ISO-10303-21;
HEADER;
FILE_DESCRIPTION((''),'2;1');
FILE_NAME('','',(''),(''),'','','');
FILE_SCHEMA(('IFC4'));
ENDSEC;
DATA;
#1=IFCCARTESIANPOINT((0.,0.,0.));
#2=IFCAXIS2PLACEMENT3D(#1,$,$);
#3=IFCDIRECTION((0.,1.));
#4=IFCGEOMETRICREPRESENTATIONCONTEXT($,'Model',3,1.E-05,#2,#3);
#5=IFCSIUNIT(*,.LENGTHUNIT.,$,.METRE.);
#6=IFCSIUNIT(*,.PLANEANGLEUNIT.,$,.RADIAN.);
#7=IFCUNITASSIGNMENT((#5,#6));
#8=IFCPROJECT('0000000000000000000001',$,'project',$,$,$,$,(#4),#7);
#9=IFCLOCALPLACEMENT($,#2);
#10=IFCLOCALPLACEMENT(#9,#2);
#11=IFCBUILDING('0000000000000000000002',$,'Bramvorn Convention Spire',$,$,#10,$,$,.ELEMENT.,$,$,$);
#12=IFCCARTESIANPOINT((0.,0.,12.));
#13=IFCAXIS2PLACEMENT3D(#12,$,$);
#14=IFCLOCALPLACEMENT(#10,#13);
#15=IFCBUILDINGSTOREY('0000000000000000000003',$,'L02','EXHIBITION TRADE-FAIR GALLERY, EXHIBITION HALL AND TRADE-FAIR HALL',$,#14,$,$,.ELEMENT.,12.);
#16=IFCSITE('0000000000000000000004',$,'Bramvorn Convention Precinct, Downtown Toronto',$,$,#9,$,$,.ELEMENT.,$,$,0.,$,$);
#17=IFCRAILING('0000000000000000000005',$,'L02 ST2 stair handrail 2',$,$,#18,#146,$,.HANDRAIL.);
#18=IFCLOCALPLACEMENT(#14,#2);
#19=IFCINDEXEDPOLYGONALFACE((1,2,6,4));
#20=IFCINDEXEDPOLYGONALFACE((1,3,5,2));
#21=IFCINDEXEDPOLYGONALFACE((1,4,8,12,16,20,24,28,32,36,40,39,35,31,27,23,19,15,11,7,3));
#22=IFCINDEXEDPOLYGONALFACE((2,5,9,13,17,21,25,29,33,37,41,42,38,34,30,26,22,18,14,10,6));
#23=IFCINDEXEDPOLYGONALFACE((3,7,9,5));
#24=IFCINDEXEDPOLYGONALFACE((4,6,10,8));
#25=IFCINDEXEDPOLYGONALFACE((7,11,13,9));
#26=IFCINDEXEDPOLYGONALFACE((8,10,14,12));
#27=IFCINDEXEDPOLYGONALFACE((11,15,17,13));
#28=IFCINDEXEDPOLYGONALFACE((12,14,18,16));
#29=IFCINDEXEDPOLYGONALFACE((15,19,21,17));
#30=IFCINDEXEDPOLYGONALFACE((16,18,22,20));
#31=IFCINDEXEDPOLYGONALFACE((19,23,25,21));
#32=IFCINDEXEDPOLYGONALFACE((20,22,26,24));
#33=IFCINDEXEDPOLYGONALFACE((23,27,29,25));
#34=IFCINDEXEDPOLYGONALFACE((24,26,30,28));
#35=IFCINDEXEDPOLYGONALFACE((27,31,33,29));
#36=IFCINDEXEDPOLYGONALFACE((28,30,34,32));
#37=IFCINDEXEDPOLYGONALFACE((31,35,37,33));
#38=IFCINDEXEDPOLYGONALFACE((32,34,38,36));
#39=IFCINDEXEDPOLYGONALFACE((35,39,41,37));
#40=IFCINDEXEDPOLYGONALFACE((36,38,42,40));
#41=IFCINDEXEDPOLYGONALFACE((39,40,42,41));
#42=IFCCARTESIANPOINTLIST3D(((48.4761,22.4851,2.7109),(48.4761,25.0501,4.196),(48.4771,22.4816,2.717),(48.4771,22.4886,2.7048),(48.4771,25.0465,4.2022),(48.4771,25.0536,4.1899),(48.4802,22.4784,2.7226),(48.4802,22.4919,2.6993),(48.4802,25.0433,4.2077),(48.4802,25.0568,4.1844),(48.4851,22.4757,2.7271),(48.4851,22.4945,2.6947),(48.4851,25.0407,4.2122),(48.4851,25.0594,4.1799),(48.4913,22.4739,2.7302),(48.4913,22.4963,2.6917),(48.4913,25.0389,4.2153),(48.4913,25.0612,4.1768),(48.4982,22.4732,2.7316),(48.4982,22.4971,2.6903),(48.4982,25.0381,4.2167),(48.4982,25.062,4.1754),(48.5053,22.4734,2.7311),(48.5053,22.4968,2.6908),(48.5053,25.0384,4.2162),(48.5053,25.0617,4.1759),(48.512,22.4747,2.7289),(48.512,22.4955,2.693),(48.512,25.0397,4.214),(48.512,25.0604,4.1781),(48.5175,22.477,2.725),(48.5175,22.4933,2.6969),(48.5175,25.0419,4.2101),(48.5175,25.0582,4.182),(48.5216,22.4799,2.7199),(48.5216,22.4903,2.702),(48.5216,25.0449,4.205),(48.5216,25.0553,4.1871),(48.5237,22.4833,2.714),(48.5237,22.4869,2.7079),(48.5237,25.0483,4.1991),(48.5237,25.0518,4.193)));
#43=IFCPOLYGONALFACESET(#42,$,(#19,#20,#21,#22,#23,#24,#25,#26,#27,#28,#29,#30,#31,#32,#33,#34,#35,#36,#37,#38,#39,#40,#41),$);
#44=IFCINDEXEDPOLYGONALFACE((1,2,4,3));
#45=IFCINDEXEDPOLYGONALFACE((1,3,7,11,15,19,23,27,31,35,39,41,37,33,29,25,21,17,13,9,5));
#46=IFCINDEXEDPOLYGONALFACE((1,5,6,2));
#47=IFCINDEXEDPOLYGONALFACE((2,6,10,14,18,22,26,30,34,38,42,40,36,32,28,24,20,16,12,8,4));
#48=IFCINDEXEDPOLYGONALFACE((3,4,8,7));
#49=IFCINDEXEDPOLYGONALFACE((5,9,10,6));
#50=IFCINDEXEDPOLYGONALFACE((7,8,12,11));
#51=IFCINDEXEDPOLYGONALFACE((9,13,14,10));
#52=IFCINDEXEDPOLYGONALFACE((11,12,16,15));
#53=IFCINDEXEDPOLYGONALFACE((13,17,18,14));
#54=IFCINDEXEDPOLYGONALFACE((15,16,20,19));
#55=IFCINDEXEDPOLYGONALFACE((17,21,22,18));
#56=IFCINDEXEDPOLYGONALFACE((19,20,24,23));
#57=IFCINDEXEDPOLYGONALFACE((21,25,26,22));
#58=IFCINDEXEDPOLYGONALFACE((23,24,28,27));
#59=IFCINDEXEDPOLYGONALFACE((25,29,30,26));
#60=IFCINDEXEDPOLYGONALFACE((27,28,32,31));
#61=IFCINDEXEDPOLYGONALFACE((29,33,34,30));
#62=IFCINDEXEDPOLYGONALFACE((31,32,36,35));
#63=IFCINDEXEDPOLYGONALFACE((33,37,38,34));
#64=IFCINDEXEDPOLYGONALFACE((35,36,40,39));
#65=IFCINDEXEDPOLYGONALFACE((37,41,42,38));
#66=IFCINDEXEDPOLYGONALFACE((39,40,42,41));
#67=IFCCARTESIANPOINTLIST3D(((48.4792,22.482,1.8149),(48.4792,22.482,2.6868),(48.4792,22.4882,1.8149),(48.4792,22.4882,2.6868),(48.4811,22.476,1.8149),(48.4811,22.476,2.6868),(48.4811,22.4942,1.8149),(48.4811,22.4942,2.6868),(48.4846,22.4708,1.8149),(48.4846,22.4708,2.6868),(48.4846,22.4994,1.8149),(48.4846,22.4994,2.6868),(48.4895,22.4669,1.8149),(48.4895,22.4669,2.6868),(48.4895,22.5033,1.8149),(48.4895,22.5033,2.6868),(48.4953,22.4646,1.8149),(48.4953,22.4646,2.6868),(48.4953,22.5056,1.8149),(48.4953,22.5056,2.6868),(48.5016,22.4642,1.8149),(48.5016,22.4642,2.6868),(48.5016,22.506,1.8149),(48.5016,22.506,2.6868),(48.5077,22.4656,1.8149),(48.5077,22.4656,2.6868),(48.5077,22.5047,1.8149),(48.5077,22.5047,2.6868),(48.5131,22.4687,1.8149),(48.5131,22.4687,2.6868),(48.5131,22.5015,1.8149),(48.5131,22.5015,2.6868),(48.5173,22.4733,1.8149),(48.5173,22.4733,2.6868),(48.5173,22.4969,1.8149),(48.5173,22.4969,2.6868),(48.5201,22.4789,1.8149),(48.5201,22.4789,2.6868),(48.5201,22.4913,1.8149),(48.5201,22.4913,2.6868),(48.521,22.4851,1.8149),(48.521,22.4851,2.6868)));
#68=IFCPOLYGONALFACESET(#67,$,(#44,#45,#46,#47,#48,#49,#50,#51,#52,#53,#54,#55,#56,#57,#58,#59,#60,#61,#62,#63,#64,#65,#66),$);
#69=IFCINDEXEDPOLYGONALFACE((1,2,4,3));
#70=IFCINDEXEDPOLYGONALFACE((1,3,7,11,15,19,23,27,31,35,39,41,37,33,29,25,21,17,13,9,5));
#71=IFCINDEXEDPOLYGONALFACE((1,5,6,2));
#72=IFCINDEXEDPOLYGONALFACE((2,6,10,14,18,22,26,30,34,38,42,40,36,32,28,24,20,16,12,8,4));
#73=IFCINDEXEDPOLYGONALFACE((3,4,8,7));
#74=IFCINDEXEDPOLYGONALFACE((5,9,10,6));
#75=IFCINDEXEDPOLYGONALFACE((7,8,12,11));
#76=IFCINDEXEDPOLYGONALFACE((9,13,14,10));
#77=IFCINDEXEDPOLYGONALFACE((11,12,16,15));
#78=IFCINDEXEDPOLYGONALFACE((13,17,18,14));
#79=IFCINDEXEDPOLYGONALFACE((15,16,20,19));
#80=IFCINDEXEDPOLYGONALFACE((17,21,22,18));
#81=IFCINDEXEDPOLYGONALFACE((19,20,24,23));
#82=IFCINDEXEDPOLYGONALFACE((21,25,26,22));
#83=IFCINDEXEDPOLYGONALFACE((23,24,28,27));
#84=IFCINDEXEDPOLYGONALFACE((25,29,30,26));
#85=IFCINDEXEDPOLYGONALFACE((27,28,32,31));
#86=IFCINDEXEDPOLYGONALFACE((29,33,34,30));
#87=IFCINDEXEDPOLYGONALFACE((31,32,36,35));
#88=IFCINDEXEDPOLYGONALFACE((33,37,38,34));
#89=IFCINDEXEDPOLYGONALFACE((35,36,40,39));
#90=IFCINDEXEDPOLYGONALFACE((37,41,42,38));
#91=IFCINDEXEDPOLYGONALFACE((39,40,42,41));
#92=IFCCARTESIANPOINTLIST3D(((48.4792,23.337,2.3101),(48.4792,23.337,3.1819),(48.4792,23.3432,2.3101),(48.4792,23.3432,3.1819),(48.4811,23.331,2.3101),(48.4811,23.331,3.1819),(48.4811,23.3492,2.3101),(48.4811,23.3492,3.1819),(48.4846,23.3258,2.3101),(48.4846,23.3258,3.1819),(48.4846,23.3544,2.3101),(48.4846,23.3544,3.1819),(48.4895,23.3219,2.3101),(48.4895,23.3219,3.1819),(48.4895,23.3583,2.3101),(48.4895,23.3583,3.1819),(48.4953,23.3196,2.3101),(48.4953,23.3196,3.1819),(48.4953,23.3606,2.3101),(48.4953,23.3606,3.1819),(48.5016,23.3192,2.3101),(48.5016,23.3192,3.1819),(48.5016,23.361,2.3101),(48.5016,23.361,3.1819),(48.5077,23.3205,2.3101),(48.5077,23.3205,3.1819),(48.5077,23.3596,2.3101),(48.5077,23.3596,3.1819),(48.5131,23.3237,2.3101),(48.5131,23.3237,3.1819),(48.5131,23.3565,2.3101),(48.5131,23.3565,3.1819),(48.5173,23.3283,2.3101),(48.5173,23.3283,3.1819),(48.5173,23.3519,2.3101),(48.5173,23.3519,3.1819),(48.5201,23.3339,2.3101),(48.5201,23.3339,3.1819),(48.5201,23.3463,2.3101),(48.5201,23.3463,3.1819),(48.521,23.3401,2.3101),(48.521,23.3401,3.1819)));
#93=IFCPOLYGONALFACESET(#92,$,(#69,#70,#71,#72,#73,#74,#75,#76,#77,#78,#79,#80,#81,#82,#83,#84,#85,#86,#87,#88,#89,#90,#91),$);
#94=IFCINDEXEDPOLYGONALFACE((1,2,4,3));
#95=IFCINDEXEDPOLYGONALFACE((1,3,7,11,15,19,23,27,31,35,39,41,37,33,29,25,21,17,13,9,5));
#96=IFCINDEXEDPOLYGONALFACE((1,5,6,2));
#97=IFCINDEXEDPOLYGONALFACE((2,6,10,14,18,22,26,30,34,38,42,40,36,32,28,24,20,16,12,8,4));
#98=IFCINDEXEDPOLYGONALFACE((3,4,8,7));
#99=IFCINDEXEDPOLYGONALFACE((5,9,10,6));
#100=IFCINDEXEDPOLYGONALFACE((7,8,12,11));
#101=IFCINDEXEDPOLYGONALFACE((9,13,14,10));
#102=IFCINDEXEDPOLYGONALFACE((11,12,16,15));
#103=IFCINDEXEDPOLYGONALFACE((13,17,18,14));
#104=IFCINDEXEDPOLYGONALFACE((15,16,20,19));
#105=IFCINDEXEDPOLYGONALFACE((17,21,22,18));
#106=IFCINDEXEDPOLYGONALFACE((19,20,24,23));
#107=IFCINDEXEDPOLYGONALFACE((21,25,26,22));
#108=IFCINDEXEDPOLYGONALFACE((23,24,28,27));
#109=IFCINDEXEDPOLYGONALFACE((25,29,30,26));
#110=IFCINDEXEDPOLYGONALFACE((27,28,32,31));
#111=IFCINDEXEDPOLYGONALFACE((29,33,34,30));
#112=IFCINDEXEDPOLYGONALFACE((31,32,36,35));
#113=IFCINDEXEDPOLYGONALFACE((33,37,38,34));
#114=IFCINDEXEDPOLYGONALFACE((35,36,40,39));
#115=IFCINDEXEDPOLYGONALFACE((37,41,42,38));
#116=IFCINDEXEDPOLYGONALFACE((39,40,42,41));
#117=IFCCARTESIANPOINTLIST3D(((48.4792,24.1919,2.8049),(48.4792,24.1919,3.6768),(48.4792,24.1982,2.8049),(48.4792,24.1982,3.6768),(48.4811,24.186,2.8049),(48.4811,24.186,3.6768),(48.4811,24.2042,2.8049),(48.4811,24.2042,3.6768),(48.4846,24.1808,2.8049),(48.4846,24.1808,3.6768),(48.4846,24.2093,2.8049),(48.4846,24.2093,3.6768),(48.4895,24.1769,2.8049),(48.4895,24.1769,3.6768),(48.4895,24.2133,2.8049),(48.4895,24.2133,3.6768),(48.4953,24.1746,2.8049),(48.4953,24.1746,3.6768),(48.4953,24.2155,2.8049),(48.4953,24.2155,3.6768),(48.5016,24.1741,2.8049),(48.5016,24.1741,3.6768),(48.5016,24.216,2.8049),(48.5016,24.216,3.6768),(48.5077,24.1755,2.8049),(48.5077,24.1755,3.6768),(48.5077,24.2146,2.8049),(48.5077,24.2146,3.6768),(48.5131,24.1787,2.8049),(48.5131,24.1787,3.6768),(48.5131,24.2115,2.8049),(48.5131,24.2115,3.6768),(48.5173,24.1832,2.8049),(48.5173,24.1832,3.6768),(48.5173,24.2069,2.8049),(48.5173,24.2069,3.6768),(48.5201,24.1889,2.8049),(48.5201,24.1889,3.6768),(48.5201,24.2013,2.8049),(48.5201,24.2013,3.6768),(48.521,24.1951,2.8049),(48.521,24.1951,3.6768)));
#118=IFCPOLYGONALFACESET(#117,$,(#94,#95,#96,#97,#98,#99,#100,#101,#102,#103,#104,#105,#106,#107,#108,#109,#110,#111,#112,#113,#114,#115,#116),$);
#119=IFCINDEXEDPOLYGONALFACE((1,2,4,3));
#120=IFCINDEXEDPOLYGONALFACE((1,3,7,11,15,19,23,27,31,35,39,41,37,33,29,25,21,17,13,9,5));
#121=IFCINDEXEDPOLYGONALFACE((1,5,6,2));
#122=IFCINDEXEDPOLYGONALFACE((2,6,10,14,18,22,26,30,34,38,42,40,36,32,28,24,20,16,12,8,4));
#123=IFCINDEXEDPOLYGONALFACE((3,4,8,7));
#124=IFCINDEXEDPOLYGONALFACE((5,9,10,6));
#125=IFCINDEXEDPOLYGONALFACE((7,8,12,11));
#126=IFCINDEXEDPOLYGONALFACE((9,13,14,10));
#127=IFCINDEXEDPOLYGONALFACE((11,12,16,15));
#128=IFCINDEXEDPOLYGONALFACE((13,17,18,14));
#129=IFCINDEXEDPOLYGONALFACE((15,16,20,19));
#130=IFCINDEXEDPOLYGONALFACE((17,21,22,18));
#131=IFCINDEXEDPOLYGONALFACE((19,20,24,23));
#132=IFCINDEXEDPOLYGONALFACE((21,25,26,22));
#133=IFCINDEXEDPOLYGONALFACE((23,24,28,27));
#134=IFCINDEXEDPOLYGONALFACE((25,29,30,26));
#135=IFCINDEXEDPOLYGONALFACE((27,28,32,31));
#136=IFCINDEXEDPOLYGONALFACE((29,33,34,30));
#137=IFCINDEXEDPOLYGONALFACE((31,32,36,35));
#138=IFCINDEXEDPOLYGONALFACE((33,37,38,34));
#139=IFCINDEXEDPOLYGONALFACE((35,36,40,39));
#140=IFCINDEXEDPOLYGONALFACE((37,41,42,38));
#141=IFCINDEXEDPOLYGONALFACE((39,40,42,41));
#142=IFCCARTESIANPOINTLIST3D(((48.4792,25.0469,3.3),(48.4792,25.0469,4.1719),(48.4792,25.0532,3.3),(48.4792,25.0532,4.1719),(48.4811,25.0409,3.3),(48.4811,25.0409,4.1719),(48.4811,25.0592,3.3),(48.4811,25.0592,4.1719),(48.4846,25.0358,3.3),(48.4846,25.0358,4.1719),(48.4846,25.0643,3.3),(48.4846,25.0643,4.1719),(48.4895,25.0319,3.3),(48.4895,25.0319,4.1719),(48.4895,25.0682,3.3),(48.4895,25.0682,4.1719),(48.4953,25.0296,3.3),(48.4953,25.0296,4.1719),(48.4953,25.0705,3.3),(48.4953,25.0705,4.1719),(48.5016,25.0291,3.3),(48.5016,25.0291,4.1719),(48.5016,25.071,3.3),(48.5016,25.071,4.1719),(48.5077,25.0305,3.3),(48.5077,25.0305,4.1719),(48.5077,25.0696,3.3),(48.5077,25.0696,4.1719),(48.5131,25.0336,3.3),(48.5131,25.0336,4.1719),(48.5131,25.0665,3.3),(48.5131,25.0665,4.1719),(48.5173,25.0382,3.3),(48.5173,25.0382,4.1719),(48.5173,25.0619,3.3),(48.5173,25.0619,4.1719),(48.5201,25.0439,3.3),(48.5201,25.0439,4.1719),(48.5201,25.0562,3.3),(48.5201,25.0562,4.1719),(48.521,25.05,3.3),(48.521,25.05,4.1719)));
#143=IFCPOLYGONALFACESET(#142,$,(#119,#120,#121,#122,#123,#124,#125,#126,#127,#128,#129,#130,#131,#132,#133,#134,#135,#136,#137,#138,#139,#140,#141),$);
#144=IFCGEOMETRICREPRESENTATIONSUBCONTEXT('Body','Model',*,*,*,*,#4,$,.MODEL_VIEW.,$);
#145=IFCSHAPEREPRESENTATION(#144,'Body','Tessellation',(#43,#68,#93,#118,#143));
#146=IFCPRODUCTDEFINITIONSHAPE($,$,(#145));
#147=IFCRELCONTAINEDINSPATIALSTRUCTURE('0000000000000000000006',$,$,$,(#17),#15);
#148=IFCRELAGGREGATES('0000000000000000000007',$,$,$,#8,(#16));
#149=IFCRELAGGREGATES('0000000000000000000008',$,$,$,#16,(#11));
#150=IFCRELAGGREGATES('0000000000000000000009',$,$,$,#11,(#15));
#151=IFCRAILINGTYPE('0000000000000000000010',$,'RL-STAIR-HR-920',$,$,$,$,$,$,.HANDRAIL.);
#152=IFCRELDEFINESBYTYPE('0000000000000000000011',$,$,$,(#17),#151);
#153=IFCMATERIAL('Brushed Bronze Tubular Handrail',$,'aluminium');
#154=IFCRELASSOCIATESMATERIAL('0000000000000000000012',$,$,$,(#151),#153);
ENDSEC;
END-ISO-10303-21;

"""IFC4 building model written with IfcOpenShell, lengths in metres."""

from ifc_helpers import new_model, si_unit, direction, frame, origin, origin_2d, place, context, subcontext, project, spatial, circle, extrude, material, type_object, element, save


model = new_model("IFC4")

# Units and contexts
model_context = context("Model", 3, precision=1e-05, world=origin(), true_north=direction((0.0, 1.0)))
body_context = subcontext(model_context, "Body", "Model", "MODEL_VIEW")
ifc_project = project(units=[si_unit("LENGTHUNIT", "METRE"), si_unit("PLANEANGLEUNIT", "RADIAN")], contexts=[model_context])

# Site, building, storey
site_placement = place(None, origin())
site = spatial("IfcSite", under=ifc_project, at=site_placement, Name="Bramvorn Convention Precinct, Downtown Toronto", CompositionType="ELEMENT", RefElevation=0.0)
building_placement = place(site_placement, origin())
building = spatial("IfcBuilding", under=site, at=building_placement, Name="Bramvorn Convention Spire", CompositionType="ELEMENT")
storey_placement = place(building_placement, frame((0.0, 0.0, 12.0)))
storey = spatial("IfcBuildingStorey", under=building, at=storey_placement, Name="L02", Description="EXHIBITION TRADE-FAIR GALLERY, EXHIBITION HALL AND TRADE-FAIR HALL", CompositionType="ELEMENT", Elevation=12.0)

# Railing
ifc_material_1 = material(Name="Brushed Bronze Tubular Handrail", Category="aluminium")
railing_type_1 = type_object("IfcRailingType", Name="RL-STAIR-HR-920", PredefinedType="HANDRAIL", material=ifc_material_1)
for number, where, name in (
    (1, (48.5, 22.4851, 1.8149), "L02 ST2 stair handrail 2"),
):
    element("IfcRailing", number, at=place(storey_placement, frame(where)), inside=storey, type_object=railing_type_1, Name=name, PredefinedType="HANDRAIL", context=body_context, shape_type="SweptSolid", body=[
        extrude(circle(Radius=0.0239, at=origin_2d()), frame((0.0, 0.0, 0.896), z_axis=(0.0, 0.865406, 0.501072), x_axis=(-1.0, 0.0, 0.0)), (0.0, 0.0, 1.0), 2.9639),
        extrude(circle(Radius=0.021, at=origin_2d()), origin(), (0.0, 0.0, 1.0), 0.8718),
        extrude(circle(Radius=0.021, at=origin_2d()), frame((0.0, 0.855, 0.4951)), (0.0, 0.0, 1.0), 0.8718),
        extrude(circle(Radius=0.021, at=origin_2d()), frame((0.0, 1.71, 0.99)), (0.0, 0.0, 1.0), 0.8718),
        extrude(circle(Radius=0.021, at=origin_2d()), frame((0.0, 2.5649, 1.4851)), (0.0, 0.0, 1.0), 0.8718),
    ])

save(model, "model.ifc")
